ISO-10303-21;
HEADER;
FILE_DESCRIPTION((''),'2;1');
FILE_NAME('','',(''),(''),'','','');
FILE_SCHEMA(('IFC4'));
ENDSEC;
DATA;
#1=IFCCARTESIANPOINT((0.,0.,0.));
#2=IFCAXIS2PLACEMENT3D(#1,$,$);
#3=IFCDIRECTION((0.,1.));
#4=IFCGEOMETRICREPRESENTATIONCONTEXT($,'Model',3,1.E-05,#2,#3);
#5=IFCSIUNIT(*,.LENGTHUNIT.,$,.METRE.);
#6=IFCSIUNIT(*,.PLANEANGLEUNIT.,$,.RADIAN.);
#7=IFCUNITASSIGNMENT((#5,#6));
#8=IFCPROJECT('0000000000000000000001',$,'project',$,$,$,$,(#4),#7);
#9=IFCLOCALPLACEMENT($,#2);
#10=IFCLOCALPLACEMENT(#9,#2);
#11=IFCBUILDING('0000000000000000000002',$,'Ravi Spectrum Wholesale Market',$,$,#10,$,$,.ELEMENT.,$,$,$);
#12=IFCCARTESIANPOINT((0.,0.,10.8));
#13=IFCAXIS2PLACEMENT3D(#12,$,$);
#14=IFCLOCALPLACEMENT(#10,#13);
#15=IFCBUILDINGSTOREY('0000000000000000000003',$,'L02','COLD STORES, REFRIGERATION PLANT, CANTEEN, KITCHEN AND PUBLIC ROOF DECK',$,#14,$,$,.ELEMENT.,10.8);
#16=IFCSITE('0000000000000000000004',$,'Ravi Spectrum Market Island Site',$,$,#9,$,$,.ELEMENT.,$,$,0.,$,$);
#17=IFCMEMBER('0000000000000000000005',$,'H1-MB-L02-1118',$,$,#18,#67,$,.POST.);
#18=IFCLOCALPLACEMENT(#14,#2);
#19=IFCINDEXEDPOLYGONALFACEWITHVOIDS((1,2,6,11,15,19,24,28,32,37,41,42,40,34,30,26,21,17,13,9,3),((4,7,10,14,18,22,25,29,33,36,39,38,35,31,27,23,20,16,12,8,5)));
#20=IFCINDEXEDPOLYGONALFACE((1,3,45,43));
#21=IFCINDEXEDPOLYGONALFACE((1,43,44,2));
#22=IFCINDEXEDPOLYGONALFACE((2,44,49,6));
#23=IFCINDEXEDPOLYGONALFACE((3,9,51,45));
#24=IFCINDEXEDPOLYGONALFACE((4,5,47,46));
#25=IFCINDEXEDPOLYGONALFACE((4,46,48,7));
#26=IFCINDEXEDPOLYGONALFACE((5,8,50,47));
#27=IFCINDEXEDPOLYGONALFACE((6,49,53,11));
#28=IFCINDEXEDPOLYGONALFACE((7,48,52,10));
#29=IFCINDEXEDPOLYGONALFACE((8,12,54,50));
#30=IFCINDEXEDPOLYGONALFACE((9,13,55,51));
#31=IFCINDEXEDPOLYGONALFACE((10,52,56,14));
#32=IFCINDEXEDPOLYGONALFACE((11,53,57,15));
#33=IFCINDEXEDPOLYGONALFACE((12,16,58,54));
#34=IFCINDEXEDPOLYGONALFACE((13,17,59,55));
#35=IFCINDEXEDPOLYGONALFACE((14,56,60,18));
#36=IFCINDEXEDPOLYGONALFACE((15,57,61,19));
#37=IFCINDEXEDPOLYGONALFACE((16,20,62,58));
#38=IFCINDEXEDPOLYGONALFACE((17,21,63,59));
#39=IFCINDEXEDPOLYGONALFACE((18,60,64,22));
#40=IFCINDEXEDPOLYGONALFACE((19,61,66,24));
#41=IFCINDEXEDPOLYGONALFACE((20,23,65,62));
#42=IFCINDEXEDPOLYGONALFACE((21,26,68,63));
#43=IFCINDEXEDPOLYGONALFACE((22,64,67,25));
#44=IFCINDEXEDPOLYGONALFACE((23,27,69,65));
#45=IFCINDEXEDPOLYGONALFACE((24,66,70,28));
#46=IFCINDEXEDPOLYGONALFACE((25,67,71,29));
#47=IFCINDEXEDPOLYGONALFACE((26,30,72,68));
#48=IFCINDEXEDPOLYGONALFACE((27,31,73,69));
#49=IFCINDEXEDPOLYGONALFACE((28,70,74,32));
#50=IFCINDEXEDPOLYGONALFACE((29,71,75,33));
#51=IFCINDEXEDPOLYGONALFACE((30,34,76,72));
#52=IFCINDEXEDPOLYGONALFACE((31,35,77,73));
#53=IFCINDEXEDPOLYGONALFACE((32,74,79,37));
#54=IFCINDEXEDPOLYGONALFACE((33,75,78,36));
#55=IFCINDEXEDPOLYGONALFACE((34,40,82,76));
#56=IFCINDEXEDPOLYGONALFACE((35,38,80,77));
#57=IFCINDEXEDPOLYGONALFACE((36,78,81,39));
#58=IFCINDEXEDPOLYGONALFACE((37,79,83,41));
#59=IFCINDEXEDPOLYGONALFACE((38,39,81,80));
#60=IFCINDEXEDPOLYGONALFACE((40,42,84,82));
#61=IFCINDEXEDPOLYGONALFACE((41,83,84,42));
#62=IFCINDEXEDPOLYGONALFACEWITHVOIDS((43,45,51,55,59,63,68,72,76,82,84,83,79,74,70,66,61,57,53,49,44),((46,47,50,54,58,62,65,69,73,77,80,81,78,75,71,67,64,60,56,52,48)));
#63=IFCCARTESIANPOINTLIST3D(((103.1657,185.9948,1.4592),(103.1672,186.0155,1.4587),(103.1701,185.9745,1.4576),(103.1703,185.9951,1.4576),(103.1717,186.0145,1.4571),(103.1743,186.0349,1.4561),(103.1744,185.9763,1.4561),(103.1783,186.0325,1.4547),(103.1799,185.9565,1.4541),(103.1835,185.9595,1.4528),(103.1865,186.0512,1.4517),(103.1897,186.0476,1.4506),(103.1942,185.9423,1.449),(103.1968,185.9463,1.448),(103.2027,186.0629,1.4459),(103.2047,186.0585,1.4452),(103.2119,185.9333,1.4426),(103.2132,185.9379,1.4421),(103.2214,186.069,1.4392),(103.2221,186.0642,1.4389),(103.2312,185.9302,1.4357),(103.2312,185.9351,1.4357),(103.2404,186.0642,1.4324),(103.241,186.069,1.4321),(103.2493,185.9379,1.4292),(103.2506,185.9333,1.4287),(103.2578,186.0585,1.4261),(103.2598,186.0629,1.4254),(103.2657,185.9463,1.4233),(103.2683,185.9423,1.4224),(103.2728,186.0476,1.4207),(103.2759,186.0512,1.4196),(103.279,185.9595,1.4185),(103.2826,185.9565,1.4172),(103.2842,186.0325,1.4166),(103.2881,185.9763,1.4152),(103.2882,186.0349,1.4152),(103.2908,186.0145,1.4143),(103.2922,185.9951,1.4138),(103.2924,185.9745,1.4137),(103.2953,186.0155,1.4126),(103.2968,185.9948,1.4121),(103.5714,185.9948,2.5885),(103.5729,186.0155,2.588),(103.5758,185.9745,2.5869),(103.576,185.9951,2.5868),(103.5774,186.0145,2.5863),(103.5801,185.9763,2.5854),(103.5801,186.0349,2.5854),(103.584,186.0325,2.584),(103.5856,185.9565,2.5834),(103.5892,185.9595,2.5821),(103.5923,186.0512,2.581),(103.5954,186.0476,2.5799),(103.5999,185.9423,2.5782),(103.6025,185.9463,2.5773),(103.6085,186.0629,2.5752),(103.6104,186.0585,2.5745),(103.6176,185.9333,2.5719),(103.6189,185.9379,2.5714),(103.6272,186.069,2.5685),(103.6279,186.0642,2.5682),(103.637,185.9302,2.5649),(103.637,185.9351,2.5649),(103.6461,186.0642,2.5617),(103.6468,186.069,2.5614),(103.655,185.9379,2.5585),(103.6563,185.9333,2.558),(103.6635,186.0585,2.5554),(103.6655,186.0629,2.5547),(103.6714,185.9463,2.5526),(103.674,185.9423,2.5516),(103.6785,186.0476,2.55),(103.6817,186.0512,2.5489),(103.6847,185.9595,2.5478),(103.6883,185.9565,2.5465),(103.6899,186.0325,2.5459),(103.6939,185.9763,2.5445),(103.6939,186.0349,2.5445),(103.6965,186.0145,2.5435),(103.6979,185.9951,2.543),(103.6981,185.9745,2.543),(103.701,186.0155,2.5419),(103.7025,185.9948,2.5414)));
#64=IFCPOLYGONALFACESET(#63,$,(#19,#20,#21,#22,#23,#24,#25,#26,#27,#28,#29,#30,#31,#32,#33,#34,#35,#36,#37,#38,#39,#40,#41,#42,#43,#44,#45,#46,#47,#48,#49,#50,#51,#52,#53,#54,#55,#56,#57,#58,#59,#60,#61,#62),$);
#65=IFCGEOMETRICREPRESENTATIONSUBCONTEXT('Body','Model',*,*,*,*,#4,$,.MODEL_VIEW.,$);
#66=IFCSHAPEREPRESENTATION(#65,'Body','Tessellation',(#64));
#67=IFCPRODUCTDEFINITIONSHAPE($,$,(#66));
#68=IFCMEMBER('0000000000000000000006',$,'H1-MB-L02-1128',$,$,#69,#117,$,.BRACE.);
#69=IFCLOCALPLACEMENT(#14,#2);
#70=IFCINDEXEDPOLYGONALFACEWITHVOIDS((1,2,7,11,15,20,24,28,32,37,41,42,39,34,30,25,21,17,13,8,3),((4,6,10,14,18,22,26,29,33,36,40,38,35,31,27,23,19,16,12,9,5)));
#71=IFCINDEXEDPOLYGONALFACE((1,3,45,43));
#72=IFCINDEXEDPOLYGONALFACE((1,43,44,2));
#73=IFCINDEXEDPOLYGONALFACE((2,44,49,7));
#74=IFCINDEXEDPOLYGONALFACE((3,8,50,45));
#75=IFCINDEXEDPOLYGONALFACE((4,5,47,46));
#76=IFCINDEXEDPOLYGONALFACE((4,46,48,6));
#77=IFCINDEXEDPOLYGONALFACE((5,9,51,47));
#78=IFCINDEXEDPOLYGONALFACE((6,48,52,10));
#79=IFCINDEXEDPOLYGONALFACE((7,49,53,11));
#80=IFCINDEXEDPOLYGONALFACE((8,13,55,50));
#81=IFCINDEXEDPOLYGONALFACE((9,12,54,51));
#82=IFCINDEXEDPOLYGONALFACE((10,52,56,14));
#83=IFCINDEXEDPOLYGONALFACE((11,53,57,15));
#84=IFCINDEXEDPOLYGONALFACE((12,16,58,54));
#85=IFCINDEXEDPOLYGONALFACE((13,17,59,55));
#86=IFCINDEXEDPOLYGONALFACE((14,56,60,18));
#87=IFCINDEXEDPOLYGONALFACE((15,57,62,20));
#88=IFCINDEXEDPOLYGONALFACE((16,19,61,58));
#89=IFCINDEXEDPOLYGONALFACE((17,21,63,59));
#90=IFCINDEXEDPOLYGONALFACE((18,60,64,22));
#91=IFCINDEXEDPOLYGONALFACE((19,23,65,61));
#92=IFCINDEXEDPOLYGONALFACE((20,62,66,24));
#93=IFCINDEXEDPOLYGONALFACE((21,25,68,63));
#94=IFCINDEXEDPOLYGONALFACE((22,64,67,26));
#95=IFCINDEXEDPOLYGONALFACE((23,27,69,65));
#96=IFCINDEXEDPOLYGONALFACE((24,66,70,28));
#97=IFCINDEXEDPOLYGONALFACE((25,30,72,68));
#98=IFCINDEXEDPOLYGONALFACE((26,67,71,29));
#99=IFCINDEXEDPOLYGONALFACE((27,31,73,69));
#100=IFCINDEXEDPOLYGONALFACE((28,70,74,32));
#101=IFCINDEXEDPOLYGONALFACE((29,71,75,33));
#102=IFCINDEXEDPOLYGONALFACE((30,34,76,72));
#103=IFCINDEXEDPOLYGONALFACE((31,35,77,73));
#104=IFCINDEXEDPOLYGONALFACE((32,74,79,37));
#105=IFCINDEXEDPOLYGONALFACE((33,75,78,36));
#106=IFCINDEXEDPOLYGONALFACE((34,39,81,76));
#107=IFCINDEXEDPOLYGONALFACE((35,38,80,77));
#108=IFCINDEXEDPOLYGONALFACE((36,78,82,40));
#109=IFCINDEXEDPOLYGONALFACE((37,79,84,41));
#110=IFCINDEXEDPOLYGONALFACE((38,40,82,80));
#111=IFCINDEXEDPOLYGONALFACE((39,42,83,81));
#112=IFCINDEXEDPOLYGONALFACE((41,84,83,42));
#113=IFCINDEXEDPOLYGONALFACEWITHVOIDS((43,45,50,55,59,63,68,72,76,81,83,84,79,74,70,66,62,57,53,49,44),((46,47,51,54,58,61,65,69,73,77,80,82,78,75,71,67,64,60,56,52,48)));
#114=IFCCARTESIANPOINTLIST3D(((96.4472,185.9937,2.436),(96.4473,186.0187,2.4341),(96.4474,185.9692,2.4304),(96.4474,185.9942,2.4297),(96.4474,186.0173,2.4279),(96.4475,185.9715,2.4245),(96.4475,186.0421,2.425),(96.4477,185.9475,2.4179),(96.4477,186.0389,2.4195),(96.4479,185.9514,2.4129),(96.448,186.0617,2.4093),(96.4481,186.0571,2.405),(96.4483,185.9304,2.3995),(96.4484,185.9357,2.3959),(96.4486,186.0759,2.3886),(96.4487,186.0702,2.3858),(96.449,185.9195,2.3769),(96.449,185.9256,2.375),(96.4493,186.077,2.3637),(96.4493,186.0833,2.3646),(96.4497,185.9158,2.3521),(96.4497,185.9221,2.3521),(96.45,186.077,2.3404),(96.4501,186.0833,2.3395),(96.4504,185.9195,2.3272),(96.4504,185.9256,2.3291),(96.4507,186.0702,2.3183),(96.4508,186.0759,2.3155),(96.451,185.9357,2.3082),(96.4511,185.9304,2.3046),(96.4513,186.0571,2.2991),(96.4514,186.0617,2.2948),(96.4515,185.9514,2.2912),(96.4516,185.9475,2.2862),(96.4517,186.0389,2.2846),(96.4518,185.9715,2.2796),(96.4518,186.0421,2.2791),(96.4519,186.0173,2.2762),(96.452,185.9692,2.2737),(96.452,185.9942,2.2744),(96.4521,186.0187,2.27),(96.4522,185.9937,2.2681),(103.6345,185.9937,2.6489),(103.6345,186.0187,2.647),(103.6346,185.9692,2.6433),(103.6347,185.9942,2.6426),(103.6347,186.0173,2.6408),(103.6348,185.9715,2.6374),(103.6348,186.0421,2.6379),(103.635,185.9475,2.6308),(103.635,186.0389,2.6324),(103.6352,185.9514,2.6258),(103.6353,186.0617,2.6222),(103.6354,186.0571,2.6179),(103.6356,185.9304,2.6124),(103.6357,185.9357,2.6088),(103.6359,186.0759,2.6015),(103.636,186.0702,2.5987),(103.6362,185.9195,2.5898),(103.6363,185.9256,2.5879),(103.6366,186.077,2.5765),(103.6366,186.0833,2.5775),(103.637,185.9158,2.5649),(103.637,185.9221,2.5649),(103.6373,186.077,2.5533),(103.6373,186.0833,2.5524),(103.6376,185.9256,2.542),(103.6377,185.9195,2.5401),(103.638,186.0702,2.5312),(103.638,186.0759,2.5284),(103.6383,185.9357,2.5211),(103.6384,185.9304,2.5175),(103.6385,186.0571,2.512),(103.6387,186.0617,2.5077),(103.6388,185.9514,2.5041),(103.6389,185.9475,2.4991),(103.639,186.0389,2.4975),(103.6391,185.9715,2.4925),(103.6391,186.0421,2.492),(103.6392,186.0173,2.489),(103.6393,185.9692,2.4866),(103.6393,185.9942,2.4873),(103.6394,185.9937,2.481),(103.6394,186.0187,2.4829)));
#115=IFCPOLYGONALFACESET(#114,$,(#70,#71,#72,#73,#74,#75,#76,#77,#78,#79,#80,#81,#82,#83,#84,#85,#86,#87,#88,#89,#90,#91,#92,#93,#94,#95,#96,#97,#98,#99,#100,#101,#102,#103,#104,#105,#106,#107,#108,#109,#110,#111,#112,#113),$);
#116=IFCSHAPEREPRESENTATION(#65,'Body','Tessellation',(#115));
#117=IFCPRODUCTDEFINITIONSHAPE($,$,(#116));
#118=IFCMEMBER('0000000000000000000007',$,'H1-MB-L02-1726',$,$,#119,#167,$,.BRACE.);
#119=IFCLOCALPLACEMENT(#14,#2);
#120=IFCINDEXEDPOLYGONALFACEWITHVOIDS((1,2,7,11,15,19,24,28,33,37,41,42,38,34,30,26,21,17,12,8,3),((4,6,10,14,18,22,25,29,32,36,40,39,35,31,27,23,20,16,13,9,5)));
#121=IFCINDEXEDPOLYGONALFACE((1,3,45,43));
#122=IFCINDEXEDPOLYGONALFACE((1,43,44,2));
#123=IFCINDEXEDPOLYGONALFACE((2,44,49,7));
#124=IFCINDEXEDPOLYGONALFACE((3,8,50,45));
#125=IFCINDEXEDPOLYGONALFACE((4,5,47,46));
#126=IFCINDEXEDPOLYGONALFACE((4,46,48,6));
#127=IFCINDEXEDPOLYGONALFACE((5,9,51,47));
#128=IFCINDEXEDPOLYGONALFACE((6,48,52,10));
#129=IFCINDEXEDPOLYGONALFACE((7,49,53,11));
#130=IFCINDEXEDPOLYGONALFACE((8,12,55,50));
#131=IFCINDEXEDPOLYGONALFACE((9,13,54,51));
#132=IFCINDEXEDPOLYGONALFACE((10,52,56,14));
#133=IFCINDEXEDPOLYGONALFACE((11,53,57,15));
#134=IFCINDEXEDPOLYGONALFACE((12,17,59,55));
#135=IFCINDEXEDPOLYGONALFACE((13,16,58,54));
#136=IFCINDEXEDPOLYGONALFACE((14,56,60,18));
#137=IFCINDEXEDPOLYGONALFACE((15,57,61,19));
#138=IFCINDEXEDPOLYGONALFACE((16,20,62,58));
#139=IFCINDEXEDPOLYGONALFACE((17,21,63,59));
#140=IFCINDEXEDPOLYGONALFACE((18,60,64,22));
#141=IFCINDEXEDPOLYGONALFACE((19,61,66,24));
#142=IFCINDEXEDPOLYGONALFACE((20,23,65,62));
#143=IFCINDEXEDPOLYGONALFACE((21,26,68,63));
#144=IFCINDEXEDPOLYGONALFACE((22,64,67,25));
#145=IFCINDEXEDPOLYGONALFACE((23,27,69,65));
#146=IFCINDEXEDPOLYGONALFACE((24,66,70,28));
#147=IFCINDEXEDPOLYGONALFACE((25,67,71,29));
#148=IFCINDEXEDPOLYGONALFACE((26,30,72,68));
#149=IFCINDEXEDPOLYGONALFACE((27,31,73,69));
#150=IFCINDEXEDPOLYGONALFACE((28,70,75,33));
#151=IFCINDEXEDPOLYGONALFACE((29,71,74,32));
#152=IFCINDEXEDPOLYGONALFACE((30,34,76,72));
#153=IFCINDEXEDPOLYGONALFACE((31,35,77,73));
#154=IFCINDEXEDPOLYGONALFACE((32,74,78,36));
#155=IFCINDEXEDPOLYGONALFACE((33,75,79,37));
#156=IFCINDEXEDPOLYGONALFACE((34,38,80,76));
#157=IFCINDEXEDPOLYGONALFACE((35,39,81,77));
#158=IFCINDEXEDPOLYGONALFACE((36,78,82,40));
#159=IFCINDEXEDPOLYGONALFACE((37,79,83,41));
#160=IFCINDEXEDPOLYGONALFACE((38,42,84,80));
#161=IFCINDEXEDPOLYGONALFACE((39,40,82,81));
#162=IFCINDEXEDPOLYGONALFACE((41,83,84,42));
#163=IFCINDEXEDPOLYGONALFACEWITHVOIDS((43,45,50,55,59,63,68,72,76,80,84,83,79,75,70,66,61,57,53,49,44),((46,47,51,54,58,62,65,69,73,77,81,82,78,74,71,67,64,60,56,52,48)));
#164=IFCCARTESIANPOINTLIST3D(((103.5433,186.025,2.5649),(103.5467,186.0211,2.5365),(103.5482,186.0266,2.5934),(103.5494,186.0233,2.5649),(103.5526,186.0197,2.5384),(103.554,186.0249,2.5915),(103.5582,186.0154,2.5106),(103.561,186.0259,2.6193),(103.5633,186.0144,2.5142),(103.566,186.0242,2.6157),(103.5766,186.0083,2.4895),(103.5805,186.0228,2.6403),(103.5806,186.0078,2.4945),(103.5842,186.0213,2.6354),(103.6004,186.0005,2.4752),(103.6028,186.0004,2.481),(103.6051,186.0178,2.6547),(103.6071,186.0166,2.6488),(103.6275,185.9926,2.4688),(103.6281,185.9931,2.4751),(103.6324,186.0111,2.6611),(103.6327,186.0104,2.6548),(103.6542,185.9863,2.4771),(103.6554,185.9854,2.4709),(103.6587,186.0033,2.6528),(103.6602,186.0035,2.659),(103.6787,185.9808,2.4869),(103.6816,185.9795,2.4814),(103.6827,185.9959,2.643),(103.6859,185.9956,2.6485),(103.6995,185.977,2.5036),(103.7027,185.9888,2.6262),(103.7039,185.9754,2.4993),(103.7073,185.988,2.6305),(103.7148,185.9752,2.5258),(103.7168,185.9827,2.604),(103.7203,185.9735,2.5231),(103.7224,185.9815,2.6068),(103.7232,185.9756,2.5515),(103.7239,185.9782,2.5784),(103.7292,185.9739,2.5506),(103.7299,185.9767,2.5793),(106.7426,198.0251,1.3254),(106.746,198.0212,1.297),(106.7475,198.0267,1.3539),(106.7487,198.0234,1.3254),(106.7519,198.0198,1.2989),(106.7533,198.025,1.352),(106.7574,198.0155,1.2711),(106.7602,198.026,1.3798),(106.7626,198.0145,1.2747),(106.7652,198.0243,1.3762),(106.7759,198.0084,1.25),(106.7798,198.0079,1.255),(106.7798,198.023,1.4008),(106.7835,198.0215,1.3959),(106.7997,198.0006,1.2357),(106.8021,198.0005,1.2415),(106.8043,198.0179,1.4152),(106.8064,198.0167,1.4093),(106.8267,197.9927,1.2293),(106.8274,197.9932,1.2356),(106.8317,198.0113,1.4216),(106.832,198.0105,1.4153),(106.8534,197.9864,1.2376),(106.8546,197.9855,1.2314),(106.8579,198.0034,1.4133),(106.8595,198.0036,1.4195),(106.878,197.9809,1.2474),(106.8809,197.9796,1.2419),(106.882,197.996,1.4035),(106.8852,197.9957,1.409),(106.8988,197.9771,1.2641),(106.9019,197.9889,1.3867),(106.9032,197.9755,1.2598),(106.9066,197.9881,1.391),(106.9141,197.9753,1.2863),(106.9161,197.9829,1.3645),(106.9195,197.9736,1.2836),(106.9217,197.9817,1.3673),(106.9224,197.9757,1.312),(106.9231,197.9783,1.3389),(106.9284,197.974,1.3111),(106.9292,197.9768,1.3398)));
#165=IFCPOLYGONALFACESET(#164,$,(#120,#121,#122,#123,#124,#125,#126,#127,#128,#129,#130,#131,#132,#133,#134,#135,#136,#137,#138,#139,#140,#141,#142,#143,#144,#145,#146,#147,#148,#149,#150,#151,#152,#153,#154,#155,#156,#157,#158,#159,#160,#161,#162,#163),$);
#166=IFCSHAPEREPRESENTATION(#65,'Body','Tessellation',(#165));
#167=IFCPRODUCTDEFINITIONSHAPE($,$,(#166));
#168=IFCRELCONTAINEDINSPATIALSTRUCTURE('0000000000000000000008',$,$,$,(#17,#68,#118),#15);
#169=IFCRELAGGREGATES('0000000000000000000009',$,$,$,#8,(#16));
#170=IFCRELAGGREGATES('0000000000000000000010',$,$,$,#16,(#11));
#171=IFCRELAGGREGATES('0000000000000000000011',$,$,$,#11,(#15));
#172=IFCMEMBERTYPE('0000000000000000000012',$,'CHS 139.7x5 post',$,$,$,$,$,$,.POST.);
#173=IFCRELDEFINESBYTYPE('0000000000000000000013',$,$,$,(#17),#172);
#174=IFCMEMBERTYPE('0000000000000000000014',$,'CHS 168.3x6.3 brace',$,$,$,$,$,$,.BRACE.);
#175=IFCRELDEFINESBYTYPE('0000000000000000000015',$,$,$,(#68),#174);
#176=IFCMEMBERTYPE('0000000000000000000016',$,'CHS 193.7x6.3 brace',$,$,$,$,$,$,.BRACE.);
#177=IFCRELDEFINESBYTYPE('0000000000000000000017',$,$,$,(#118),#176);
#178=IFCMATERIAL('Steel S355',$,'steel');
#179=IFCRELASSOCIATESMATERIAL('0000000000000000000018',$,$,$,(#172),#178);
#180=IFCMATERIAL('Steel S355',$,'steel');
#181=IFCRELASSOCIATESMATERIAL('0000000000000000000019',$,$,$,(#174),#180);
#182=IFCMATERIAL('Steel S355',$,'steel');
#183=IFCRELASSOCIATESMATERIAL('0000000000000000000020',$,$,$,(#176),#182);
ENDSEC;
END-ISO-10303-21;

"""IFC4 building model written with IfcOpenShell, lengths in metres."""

from ifc_helpers import new_model, si_unit, direction, frame, origin, origin_2d, place, context, subcontext, project, spatial, hollow_circle, extrude, material, material_profile, profile_set, type_object, element, save


model = new_model("IFC4")

# Units and contexts
model_context = context("Model", 3, precision=1e-05, world=origin(), true_north=direction((0.0, 1.0)))
body_context = subcontext(model_context, "Body", "Model", "MODEL_VIEW")
ifc_project = project(units=[si_unit("LENGTHUNIT", "METRE"), si_unit("PLANEANGLEUNIT", "RADIAN")], contexts=[model_context])

# Site, building, storey
site_placement = place(None, origin())
site = spatial("IfcSite", under=ifc_project, at=site_placement, Name="Ravi Spectrum Market Island Site", CompositionType="ELEMENT", RefElevation=0.0)
building_placement = place(site_placement, origin())
building = spatial("IfcBuilding", under=site, at=building_placement, Name="Ravi Spectrum Wholesale Market", CompositionType="ELEMENT")
storey_placement = place(building_placement, frame((0.0, 0.0, 10.8)))
storey = spatial("IfcBuildingStorey", under=building, at=storey_placement, Name="L02", Description="COLD STORES, REFRIGERATION PLANT, CANTEEN, KITCHEN AND PUBLIC ROOF DECK", CompositionType="ELEMENT", Elevation=10.8)

# Members
ifc_material_1 = material(Name="Steel S355", Category="steel")
ifc_material_profile_1 = material_profile(ifc_material_1, hollow_circle(Radius=0.0698, WallThickness=0.0049, at=origin_2d()))
ifc_profile_set_1 = profile_set([ifc_material_profile_1], Name="Steel S355")
member_type_1 = type_object("IfcMemberType", Name="CHS 139.7x5 post", PredefinedType="POST", material=ifc_profile_set_1)
member_1_placement = place(storey_placement, frame((103.637, 186.0, 2.5649), z_axis=(-0.338114, 0.0, -0.941105), x_axis=(0.0, -1.0, 0.0)))
element("IfcMember", 1, at=member_1_placement, inside=storey, type_object=member_type_1, Name="H1-MB-L02-1118", PredefinedType="POST", context=body_context, shape_type="SweptSolid", body=[
    extrude(hollow_circle(Radius=0.0698, WallThickness=0.0049, at=origin_2d()), origin(), (0.0, 0.0, 1.0), 1.2),
])
ifc_material_2 = material(Name="Steel S355", Category="steel")
ifc_material_profile_2 = material_profile(ifc_material_2, hollow_circle(Radius=0.0842, WallThickness=0.0063, at=origin_2d()))
ifc_profile_set_2 = profile_set([ifc_material_profile_2], Name="Steel S355")
member_type_2 = type_object("IfcMemberType", Name="CHS 168.3x6.3 brace", PredefinedType="BRACE", material=ifc_profile_set_2)
member_2_placement = place(storey_placement, frame((103.637, 186.0, 2.5649), z_axis=(-0.999562, 0.0, -0.029608), x_axis=(0.0, -1.0, 0.0)))
element("IfcMember", 2, at=member_2_placement, inside=storey, type_object=member_type_2, Name="H1-MB-L02-1128", PredefinedType="BRACE", context=body_context, shape_type="SweptSolid", body=[
    extrude(hollow_circle(Radius=0.0842, WallThickness=0.0063, at=origin_2d()), origin(), (0.0, 0.0, 1.0), 7.1904),
])
ifc_material_3 = material(Name="Steel S355", Category="steel")
ifc_material_profile_3 = material_profile(ifc_material_3, hollow_circle(Radius=0.0969, WallThickness=0.0063, at=origin_2d()))
ifc_profile_set_3 = profile_set([ifc_material_profile_3], Name="Steel S355")
member_type_3 = type_object("IfcMemberType", Name="CHS 193.7x6.3 brace", PredefinedType="BRACE", material=ifc_profile_set_3)
member_3_placement = place(storey_placement, frame((103.637, 186.0, 2.5649), z_axis=(0.25633, 0.961474, -0.099312), x_axis=(-0.966251, 0.257604, 0.0)))
element("IfcMember", 3, at=member_3_placement, inside=storey, type_object=member_type_3, Name="H1-MB-L02-1726", PredefinedType="BRACE", context=body_context, shape_type="SweptSolid", body=[
    extrude(hollow_circle(Radius=0.0969, WallThickness=0.0063, at=origin_2d()), origin(), (0.0, 0.0, 1.0), 12.481),
])

save(model, "model.ifc")
